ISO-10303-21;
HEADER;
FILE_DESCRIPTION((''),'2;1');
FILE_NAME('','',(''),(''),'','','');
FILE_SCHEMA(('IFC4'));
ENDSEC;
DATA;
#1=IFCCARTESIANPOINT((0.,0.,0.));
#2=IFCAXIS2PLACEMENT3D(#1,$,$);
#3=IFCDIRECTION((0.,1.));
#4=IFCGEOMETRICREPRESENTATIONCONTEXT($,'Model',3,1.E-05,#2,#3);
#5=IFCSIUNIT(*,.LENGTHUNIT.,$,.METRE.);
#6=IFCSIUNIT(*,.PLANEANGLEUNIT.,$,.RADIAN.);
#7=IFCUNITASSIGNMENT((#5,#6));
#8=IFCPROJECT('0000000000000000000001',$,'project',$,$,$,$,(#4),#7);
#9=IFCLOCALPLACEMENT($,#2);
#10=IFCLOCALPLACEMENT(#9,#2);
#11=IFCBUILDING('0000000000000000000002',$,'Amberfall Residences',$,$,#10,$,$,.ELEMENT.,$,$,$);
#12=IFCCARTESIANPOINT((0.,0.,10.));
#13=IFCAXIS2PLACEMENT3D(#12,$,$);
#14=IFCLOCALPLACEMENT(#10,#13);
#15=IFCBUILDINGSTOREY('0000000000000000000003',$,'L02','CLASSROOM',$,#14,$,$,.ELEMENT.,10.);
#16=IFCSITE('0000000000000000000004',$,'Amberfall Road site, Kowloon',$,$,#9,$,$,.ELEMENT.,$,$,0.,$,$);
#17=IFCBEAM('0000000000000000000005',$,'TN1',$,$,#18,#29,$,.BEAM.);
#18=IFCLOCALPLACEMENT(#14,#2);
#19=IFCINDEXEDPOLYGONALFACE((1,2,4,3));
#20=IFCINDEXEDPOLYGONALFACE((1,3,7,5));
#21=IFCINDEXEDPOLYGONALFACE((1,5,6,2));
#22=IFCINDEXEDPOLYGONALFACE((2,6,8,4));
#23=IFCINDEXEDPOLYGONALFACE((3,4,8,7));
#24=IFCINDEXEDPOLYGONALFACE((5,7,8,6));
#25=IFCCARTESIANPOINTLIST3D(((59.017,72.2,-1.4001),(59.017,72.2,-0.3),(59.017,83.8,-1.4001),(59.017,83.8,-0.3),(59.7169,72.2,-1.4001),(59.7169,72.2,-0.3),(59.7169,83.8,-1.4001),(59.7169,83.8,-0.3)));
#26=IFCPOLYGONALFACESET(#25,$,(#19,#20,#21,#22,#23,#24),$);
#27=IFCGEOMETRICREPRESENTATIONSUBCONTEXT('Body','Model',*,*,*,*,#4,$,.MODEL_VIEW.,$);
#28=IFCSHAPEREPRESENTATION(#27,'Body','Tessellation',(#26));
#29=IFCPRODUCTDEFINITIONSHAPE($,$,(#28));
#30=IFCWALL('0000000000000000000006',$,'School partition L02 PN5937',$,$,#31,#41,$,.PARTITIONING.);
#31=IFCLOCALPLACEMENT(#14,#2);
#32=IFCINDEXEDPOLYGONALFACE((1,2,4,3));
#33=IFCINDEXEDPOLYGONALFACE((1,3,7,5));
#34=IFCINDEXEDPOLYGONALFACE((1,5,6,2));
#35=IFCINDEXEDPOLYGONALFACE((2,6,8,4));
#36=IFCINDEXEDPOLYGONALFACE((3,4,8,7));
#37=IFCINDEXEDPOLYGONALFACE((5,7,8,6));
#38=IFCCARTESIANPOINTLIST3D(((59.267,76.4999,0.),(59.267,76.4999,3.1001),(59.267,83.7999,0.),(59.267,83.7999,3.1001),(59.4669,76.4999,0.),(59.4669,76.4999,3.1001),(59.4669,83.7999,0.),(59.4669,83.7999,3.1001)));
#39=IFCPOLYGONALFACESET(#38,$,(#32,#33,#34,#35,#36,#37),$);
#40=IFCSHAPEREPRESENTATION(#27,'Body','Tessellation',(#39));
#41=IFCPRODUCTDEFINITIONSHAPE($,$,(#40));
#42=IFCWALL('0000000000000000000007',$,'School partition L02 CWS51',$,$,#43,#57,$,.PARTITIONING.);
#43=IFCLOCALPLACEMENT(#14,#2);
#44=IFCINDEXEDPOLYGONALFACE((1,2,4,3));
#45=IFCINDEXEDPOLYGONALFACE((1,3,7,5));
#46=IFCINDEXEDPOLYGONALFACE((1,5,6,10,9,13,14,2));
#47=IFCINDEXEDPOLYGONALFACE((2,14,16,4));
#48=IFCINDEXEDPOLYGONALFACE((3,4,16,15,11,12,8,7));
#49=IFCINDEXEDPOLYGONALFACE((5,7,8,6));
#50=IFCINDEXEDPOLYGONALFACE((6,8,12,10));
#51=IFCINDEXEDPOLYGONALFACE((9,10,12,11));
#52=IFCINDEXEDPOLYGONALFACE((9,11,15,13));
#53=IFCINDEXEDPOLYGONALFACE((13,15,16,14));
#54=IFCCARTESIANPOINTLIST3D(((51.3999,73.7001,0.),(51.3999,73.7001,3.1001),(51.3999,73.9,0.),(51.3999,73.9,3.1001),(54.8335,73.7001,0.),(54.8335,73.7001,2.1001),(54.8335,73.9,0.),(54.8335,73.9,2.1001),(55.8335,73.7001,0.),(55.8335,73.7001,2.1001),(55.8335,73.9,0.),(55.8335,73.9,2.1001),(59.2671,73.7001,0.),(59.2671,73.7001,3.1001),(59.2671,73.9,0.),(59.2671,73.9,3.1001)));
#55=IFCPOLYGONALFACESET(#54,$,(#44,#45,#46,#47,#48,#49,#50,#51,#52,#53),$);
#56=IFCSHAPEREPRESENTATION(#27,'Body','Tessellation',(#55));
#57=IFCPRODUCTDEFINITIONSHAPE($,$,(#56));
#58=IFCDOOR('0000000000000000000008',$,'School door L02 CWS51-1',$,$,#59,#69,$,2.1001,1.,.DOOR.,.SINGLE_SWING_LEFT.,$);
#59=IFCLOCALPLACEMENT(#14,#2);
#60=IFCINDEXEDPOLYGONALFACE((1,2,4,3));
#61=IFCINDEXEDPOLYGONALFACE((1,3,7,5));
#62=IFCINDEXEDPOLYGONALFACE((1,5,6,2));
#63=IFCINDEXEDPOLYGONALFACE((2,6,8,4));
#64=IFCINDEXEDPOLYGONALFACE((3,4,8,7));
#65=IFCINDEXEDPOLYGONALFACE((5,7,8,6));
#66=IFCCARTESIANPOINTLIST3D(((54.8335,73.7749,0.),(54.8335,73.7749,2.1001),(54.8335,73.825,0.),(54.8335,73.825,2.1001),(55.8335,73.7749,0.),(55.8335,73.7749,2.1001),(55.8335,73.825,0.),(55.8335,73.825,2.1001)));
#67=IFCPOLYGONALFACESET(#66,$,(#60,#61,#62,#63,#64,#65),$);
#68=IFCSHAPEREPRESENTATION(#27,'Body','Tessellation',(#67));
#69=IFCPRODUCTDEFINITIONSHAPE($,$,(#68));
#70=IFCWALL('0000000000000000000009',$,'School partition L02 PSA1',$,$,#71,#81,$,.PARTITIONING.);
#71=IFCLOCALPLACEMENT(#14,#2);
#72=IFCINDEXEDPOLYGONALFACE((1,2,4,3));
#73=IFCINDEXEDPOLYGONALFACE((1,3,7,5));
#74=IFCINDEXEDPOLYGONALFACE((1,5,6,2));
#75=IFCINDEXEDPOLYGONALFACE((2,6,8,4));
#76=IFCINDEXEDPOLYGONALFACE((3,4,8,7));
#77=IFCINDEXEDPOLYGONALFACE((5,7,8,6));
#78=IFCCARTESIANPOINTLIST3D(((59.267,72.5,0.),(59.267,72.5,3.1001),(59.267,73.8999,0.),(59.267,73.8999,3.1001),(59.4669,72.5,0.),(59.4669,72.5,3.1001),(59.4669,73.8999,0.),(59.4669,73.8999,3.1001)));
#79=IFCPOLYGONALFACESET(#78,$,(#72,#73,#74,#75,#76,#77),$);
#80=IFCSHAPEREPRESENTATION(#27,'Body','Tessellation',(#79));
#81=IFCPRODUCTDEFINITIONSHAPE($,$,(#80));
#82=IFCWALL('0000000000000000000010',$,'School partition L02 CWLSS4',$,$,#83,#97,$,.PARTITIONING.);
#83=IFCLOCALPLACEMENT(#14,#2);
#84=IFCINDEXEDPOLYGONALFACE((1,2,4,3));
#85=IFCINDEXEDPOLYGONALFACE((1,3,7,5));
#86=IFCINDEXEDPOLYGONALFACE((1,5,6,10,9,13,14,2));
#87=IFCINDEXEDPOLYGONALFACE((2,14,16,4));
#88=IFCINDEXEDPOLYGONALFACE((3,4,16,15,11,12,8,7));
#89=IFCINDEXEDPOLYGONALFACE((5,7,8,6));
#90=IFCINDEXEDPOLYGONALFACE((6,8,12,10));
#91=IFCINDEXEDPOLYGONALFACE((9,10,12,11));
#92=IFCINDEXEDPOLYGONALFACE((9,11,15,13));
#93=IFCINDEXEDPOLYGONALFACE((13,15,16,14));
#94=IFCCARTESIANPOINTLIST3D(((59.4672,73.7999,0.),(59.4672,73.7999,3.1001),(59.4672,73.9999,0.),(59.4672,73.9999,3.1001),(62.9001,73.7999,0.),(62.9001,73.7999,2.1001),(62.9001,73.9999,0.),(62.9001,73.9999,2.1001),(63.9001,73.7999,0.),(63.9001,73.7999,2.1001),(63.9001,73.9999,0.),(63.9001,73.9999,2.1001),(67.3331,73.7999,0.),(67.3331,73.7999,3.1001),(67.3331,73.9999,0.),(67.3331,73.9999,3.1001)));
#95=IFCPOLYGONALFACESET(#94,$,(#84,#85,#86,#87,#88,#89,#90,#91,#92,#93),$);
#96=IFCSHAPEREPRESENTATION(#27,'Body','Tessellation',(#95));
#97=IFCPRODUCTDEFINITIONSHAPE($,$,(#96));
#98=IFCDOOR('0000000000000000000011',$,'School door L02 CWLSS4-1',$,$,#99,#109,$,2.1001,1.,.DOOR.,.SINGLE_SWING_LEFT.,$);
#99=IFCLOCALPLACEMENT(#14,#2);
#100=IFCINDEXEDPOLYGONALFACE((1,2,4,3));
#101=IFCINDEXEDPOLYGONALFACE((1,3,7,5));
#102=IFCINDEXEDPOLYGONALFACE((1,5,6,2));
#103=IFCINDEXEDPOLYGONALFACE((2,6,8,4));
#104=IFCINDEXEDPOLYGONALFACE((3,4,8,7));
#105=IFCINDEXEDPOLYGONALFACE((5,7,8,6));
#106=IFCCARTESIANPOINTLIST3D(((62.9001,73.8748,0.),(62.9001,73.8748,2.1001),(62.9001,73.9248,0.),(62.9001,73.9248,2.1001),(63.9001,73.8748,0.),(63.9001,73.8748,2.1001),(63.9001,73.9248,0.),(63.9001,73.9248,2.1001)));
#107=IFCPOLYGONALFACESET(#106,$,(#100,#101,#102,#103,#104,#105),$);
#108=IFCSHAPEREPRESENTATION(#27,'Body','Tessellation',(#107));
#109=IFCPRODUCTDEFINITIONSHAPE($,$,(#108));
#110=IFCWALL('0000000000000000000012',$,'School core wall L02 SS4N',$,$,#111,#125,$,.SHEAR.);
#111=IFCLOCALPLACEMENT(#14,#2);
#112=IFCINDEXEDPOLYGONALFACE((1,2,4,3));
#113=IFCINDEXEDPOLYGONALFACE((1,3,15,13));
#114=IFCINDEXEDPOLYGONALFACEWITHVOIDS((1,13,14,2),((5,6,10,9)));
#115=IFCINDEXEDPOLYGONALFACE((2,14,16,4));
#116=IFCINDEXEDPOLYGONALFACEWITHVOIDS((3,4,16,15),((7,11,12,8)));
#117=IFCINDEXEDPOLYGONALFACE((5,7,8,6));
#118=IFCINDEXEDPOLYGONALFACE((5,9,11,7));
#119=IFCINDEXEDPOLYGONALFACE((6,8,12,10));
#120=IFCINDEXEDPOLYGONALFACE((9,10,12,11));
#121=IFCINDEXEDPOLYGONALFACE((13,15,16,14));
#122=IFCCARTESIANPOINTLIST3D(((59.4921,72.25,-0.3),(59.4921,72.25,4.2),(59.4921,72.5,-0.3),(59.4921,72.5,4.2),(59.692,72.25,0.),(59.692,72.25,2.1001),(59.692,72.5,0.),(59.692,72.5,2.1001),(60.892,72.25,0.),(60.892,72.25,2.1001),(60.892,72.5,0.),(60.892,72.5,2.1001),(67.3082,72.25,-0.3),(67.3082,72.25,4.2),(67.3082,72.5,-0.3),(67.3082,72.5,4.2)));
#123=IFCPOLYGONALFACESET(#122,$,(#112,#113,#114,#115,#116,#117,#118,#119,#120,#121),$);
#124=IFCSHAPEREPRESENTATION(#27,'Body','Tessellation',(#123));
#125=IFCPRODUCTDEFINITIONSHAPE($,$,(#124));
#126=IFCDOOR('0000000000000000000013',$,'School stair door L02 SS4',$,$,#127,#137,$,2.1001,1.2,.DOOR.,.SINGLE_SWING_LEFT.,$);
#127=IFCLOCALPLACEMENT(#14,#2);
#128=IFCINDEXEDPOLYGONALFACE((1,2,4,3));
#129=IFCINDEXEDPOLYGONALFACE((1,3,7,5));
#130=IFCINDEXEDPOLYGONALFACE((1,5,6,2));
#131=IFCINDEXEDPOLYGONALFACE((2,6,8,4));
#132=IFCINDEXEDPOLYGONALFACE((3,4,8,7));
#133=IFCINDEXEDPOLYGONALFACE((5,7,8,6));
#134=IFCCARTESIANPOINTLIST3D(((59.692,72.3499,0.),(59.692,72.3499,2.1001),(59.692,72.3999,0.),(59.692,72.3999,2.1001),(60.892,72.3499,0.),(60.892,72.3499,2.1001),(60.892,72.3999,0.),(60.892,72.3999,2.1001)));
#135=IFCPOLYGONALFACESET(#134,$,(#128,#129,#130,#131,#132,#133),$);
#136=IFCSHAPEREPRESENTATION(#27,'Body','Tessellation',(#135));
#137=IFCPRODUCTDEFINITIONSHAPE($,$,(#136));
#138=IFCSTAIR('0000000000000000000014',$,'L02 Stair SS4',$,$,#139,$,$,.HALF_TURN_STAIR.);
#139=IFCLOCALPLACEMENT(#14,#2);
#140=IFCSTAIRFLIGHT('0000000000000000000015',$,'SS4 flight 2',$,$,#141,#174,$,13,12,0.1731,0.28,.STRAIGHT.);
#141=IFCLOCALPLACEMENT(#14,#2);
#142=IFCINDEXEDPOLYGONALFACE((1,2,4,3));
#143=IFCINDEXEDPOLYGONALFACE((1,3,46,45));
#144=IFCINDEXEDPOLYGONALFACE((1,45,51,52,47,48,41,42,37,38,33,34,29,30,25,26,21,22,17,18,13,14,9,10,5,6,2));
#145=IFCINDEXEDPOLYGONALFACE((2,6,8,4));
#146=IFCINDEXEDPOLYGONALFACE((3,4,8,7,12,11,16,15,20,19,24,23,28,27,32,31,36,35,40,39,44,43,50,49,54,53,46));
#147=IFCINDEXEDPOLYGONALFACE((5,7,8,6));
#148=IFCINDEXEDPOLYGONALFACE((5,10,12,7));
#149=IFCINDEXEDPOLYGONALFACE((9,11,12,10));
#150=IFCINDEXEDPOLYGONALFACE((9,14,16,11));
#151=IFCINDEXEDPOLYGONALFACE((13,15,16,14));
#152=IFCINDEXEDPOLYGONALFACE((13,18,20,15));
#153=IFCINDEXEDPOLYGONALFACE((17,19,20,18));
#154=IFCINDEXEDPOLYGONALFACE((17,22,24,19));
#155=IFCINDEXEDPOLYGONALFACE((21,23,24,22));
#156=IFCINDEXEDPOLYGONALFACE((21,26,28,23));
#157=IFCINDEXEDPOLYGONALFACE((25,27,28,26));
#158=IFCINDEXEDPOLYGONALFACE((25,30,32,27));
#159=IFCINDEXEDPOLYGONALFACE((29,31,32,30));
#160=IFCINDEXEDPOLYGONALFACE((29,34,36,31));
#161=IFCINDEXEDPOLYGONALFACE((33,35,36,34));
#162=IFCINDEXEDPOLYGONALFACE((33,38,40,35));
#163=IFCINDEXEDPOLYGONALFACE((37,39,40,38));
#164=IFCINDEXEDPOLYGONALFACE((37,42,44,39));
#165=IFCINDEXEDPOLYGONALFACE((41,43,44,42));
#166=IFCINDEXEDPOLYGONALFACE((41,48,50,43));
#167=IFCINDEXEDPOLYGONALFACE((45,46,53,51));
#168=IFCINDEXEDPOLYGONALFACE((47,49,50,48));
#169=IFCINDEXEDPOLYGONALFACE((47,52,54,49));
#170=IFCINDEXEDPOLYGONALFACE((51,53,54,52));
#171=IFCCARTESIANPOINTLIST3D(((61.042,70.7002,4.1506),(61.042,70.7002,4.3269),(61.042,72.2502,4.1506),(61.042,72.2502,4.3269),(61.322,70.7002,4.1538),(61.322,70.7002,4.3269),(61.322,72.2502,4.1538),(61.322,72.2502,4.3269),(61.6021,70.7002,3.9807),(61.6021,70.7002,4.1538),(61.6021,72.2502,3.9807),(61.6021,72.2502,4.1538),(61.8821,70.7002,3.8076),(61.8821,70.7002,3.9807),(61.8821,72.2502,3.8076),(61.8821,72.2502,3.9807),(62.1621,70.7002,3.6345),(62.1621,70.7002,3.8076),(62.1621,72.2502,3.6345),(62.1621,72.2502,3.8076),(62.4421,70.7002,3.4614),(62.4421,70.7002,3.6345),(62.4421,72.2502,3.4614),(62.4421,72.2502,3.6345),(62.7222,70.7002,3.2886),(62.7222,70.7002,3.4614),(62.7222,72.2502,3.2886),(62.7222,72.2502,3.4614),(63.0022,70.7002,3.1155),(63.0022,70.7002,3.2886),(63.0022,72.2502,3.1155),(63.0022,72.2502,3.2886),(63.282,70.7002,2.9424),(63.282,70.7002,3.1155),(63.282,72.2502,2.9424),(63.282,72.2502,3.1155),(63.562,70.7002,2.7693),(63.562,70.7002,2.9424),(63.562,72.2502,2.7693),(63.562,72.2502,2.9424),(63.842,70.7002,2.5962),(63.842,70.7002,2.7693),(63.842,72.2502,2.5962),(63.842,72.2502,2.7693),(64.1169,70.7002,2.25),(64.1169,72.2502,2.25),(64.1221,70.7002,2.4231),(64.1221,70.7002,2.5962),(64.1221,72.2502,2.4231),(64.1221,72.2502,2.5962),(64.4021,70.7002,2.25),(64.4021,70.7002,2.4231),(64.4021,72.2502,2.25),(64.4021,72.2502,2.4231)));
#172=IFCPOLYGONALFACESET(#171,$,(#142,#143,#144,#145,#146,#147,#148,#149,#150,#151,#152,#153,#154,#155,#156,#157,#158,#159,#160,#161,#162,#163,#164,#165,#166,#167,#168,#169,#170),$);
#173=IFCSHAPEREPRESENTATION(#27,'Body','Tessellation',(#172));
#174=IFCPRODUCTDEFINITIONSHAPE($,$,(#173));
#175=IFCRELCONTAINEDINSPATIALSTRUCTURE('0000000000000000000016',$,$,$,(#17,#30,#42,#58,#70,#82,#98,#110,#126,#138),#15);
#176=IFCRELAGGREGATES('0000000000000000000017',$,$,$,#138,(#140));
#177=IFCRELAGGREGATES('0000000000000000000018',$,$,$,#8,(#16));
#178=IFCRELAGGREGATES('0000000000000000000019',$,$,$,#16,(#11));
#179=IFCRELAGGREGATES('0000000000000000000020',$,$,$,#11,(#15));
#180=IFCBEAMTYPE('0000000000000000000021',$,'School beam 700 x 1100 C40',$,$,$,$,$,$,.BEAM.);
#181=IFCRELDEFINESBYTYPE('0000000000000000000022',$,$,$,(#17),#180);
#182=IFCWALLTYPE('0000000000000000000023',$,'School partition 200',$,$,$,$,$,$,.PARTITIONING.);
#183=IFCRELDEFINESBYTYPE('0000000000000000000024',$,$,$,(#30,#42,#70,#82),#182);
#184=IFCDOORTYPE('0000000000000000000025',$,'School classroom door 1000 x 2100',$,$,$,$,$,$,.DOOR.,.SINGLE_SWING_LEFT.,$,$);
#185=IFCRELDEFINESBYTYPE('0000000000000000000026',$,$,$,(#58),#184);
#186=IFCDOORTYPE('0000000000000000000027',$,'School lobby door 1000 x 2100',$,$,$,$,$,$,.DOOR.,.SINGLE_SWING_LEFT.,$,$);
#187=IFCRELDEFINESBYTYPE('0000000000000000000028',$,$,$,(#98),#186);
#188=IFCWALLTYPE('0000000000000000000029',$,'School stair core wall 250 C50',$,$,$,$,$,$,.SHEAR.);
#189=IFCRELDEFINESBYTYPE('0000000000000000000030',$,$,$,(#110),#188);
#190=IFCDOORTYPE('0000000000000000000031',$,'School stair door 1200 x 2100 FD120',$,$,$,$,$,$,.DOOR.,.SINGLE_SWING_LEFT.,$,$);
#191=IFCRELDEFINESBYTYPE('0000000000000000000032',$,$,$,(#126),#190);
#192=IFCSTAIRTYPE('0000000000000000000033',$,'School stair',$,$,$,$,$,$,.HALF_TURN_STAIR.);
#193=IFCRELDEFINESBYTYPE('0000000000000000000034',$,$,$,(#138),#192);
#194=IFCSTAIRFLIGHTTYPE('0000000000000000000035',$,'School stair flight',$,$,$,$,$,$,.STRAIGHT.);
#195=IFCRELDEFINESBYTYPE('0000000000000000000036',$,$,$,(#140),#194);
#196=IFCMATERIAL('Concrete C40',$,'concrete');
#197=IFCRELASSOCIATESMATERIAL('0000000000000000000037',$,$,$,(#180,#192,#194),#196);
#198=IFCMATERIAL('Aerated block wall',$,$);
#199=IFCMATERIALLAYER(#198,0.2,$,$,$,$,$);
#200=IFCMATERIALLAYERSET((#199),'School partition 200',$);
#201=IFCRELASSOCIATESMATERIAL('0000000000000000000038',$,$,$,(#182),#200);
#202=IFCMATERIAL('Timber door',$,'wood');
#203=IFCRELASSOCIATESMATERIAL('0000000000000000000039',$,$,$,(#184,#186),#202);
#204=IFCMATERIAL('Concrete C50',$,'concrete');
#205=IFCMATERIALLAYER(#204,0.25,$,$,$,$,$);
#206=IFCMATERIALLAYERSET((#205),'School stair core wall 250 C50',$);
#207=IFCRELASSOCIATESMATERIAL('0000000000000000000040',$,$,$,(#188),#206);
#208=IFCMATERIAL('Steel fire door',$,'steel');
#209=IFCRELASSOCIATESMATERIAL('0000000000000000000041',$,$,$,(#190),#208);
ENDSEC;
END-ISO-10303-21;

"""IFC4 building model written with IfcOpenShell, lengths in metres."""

from ifc_helpers import new_model, si_unit, direction, frame, frame_2d, origin, origin_2d, place, context, subcontext, project, spatial, polyline, rectangle, outline, extrude, material, layer, layer_set, material_profile, profile_set, type_object, element, fill, aggregate, save


model = new_model("IFC4")

# Units and contexts
model_context = context("Model", 3, precision=1e-05, world=origin(), true_north=direction((0.0, 1.0)))
body_context = subcontext(model_context, "Body", "Model", "MODEL_VIEW")
ifc_project = project(units=[si_unit("LENGTHUNIT", "METRE"), si_unit("PLANEANGLEUNIT", "RADIAN")], contexts=[model_context])

# Site, building, storey
site_placement = place(None, origin())
site = spatial("IfcSite", under=ifc_project, at=site_placement, Name="Amberfall Road site, Kowloon", CompositionType="ELEMENT", RefElevation=0.0)
building_placement = place(site_placement, origin())
building = spatial("IfcBuilding", under=site, at=building_placement, Name="Amberfall Residences", CompositionType="ELEMENT")
storey_placement = place(building_placement, frame((0.0, 0.0, 10.0)))
storey = spatial("IfcBuildingStorey", under=building, at=storey_placement, Name="L02", Description="CLASSROOM", CompositionType="ELEMENT", Elevation=10.0)

# Beam
ifc_material_1 = material(Name="Concrete C40", Category="concrete")
ifc_material_profile = material_profile(ifc_material_1, rectangle(XDim=0.7, YDim=1.1001, at=origin_2d()), Name="School beam 700 x 1100 C40")
ifc_profile_set = profile_set([ifc_material_profile], Name="Concrete C40")
beam_type = type_object("IfcBeamType", Name="School beam 700 x 1100 C40", PredefinedType="BEAM", material=ifc_profile_set)
beam_placement = place(storey_placement, frame((59.3669, 72.2, -0.8501), z_axis=(0.0, 1.0, 0.0), x_axis=(-1.0, 0.0, 0.0)))
element("IfcBeam", 1, at=beam_placement, inside=storey, type_object=beam_type, Name="TN1", PredefinedType="BEAM", context=body_context, shape_type="SweptSolid", body=[
    extrude(rectangle(XDim=0.7, YDim=1.1001, at=origin_2d()), origin(), (0.0, 0.0, 1.0), 11.6001),
])

# Wall
ifc_material_2 = material(Name="Aerated block wall")
ifc_layer_1 = layer(ifc_material_2, 0.2)
ifc_layer_set_1 = layer_set([ifc_layer_1], Name="School partition 200")
wall_type_1 = type_object("IfcWallType", Name="School partition 200", PredefinedType="PARTITIONING", material=ifc_layer_set_1)
wall_1_placement = place(storey_placement, frame((59.3669, 76.5, 0.0), z_axis=(0.0, 0.0, 1.0), x_axis=(0.0, 1.0, 0.0)))
element("IfcWall", 2, at=wall_1_placement, inside=storey, type_object=wall_type_1, Name="School partition L02 PN5937", PredefinedType="PARTITIONING", context=body_context, shape_type="SweptSolid", body=[
    extrude(rectangle(XDim=7.3, YDim=0.2, at=frame_2d((3.6499, 0.0))), origin(), (0.0, 0.0, 1.0), 3.1001),
])

# Wall, opening, door
wall_2_placement = place(storey_placement, frame((51.3999, 73.8, 0.0), z_axis=(0.0, 0.0, 1.0), x_axis=(1.0, 0.0, 0.0)))
wall_2 = element("IfcWall", 3, at=wall_2_placement, inside=storey, type_object=wall_type_1, Name="School partition L02 CWS51", PredefinedType="PARTITIONING", context=body_context, shape_type="SweptSolid", body=[
    extrude(rectangle(XDim=7.8672, YDim=0.2, at=frame_2d((3.9336, 0.0))), origin(), (0.0, 0.0, 1.0), 3.1001),
])
opening_1_placement = place(wall_2_placement, frame((3.4336, 0.0, 0.0)))
opening_1 = element("IfcOpeningElement", 4, at=opening_1_placement, cuts=wall_2, PredefinedType="OPENING", context=body_context, shape_type="SweptSolid", body=[
    extrude(rectangle(XDim=1.0, YDim=2.1001, at=frame_2d((0.5, 1.05))), frame((0.0, 0.1099, 0.0), z_axis=(0.0, -1.0, 0.0), x_axis=(1.0, 0.0, 0.0)), (0.0, 0.0, 1.0), 0.22),
])
ifc_material_3 = material(Name="Timber door", Category="wood")
door_type_1 = type_object("IfcDoorType", Name="School classroom door 1000 x 2100", OperationType="SINGLE_SWING_LEFT", PredefinedType="DOOR", material=ifc_material_3)
door_1_placement = place(opening_1_placement, origin())
door_1 = element("IfcDoor", 5, at=door_1_placement, inside=storey, type_object=door_type_1, Name="School door L02 CWS51-1", OperationType="SINGLE_SWING_LEFT", OverallHeight=2.1001, OverallWidth=1.0, PredefinedType="DOOR", context=body_context, shape_type="SweptSolid", body=[
    extrude(rectangle(XDim=1.0, YDim=2.1001, at=frame_2d((0.5, 1.05))), frame((0.0, 0.0249, 0.0), z_axis=(0.0, -1.0, 0.0), x_axis=(1.0, 0.0, 0.0)), (0.0, 0.0, 1.0), 0.05),
])
fill(opening_1, door_1)

# Wall
wall_3_placement = place(storey_placement, frame((59.3669, 72.5, 0.0), z_axis=(0.0, 0.0, 1.0), x_axis=(0.0, 1.0, 0.0)))
element("IfcWall", 6, at=wall_3_placement, inside=storey, type_object=wall_type_1, Name="School partition L02 PSA1", PredefinedType="PARTITIONING", context=body_context, shape_type="SweptSolid", body=[
    extrude(rectangle(XDim=1.3999, YDim=0.2, at=frame_2d((0.7, 0.0))), origin(), (0.0, 0.0, 1.0), 3.1001),
])

# Walls, openings, doors
wall_4_placement = place(storey_placement, frame((59.467, 73.8999, 0.0), z_axis=(0.0, 0.0, 1.0), x_axis=(1.0, 0.0, 0.0)))
wall_4 = element("IfcWall", 7, at=wall_4_placement, inside=storey, type_object=wall_type_1, Name="School partition L02 CWLSS4", PredefinedType="PARTITIONING", context=body_context, shape_type="SweptSolid", body=[
    extrude(rectangle(XDim=7.866, YDim=0.2, at=frame_2d((3.9331, 0.0))), origin(), (0.0, 0.0, 1.0), 3.1001),
])
opening_2_placement = place(wall_4_placement, frame((3.4331, 0.0, 0.0)))
opening_2 = element("IfcOpeningElement", 8, at=opening_2_placement, cuts=wall_4, PredefinedType="OPENING", context=body_context, shape_type="SweptSolid", body=[
    extrude(rectangle(XDim=1.0, YDim=2.1001, at=frame_2d((0.5, 1.05))), frame((0.0, 0.1099, 0.0), z_axis=(0.0, -1.0, 0.0), x_axis=(1.0, 0.0, 0.0)), (0.0, 0.0, 1.0), 0.22),
])
door_type_2 = type_object("IfcDoorType", Name="School lobby door 1000 x 2100", OperationType="SINGLE_SWING_LEFT", PredefinedType="DOOR", material=ifc_material_3)
door_2_placement = place(opening_2_placement, origin())
door_2 = element("IfcDoor", 9, at=door_2_placement, inside=storey, type_object=door_type_2, Name="School door L02 CWLSS4-1", OperationType="SINGLE_SWING_LEFT", OverallHeight=2.1001, OverallWidth=1.0, PredefinedType="DOOR", context=body_context, shape_type="SweptSolid", body=[
    extrude(rectangle(XDim=1.0, YDim=2.1001, at=frame_2d((0.5, 1.05))), frame((0.0, 0.0249, 0.0), z_axis=(0.0, -1.0, 0.0), x_axis=(1.0, 0.0, 0.0)), (0.0, 0.0, 1.0), 0.05),
])
fill(opening_2, door_2)
ifc_material_4 = material(Name="Concrete C50", Category="concrete")
ifc_layer_2 = layer(ifc_material_4, 0.25)
ifc_layer_set_2 = layer_set([ifc_layer_2], Name="School stair core wall 250 C50")
wall_type_2 = type_object("IfcWallType", Name="School stair core wall 250 C50", PredefinedType="SHEAR", material=ifc_layer_set_2)
wall_5_placement = place(storey_placement, frame((59.4919, 72.375, -0.3), z_axis=(0.0, 0.0, 1.0), x_axis=(1.0, 0.0, 0.0)))
wall_5 = element("IfcWall", 10, at=wall_5_placement, inside=storey, type_object=wall_type_2, Name="School core wall L02 SS4N", PredefinedType="SHEAR", context=body_context, shape_type="SweptSolid", body=[
    extrude(rectangle(XDim=7.8162, YDim=0.25, at=frame_2d((3.9082, 0.0))), origin(), (0.0, 0.0, 1.0), 4.5),
])
opening_3_placement = place(wall_5_placement, frame((0.2, 0.0, 0.3)))
opening_3 = element("IfcOpeningElement", 11, at=opening_3_placement, cuts=wall_5, PredefinedType="OPENING", context=body_context, shape_type="SweptSolid", body=[
    extrude(rectangle(XDim=1.2, YDim=2.1001, at=frame_2d((0.6001, 1.05))), frame((0.0, 0.135, 0.0), z_axis=(0.0, -1.0, 0.0), x_axis=(1.0, 0.0, 0.0)), (0.0, 0.0, 1.0), 0.27),
])
ifc_material_5 = material(Name="Steel fire door", Category="steel")
door_type_3 = type_object("IfcDoorType", Name="School stair door 1200 x 2100 FD120", OperationType="SINGLE_SWING_LEFT", PredefinedType="DOOR", material=ifc_material_5)
door_3_placement = place(opening_3_placement, origin())
door_3 = element("IfcDoor", 12, at=door_3_placement, inside=storey, type_object=door_type_3, Name="School stair door L02 SS4", OperationType="SINGLE_SWING_LEFT", OverallHeight=2.1001, OverallWidth=1.2, PredefinedType="DOOR", context=body_context, shape_type="SweptSolid", body=[
    extrude(rectangle(XDim=1.2, YDim=2.1001, at=frame_2d((0.6001, 1.05))), frame((0.0, 0.0249, 0.0), z_axis=(0.0, -1.0, 0.0), x_axis=(1.0, 0.0, 0.0)), (0.0, 0.0, 1.0), 0.05),
])
fill(opening_3, door_3)

# Stair, stair flight
stair_type = type_object("IfcStairType", Name="School stair", PredefinedType="HALF_TURN_STAIR", material=ifc_material_1)
stair_placement = place(storey_placement, origin())
stair = element("IfcStair", 13, at=stair_placement, inside=storey, type_object=stair_type, Name="L02 Stair SS4", PredefinedType="HALF_TURN_STAIR")
stair_flight_type = type_object("IfcStairFlightType", Name="School stair flight", PredefinedType="STRAIGHT", material=ifc_material_1)
stair_flight_placement = place(storey_placement, frame((64.4021, 71.4751, 2.25), z_axis=(0.0, 0.0, 1.0), x_axis=(-1.0, 0.0, 0.0)))
stair_flight = element("IfcStairFlight", 14, at=stair_flight_placement, type_object=stair_flight_type, Name="SS4 flight 2", NumberOfRisers=13, NumberOfTreads=12, PredefinedType="STRAIGHT", RiserHeight=0.1731, TreadLength=0.28, context=body_context, shape_type="SweptSolid", body=[
    extrude(outline(polyline([(0.0, 0.0), (0.0, 0.1731), (0.28, 0.1731), (0.28, 0.3462), (0.5601, 0.3462), (0.5601, 0.5193), (0.8401, 0.5193), (0.8401, 0.6924), (1.1201, 0.6924), (1.1201, 0.8655), (1.3999, 0.8655), (1.3999, 1.0386), (1.6799, 1.0386), (1.6799, 1.2114), (1.96, 1.2114), (1.96, 1.3845), (2.24, 1.3845), (2.24, 1.5576), (2.52, 1.5576), (2.52, 1.7307), (2.8, 1.7307), (2.8, 1.9038), (3.0801, 1.9038), (3.0801, 2.0769), (3.3601, 2.0769), (3.3601, 2.25), (3.3601, 1.9006), (0.2852, 0.0), (0.0, 0.0)])), frame((0.0, 0.7749, 0.0), z_axis=(0.0, -1.0, 0.0), x_axis=(1.0, 0.0, 0.0)), (0.0, 0.0, 1.0), 1.55),
])
aggregate(stair, [stair_flight])

save(model, "model.ifc")
